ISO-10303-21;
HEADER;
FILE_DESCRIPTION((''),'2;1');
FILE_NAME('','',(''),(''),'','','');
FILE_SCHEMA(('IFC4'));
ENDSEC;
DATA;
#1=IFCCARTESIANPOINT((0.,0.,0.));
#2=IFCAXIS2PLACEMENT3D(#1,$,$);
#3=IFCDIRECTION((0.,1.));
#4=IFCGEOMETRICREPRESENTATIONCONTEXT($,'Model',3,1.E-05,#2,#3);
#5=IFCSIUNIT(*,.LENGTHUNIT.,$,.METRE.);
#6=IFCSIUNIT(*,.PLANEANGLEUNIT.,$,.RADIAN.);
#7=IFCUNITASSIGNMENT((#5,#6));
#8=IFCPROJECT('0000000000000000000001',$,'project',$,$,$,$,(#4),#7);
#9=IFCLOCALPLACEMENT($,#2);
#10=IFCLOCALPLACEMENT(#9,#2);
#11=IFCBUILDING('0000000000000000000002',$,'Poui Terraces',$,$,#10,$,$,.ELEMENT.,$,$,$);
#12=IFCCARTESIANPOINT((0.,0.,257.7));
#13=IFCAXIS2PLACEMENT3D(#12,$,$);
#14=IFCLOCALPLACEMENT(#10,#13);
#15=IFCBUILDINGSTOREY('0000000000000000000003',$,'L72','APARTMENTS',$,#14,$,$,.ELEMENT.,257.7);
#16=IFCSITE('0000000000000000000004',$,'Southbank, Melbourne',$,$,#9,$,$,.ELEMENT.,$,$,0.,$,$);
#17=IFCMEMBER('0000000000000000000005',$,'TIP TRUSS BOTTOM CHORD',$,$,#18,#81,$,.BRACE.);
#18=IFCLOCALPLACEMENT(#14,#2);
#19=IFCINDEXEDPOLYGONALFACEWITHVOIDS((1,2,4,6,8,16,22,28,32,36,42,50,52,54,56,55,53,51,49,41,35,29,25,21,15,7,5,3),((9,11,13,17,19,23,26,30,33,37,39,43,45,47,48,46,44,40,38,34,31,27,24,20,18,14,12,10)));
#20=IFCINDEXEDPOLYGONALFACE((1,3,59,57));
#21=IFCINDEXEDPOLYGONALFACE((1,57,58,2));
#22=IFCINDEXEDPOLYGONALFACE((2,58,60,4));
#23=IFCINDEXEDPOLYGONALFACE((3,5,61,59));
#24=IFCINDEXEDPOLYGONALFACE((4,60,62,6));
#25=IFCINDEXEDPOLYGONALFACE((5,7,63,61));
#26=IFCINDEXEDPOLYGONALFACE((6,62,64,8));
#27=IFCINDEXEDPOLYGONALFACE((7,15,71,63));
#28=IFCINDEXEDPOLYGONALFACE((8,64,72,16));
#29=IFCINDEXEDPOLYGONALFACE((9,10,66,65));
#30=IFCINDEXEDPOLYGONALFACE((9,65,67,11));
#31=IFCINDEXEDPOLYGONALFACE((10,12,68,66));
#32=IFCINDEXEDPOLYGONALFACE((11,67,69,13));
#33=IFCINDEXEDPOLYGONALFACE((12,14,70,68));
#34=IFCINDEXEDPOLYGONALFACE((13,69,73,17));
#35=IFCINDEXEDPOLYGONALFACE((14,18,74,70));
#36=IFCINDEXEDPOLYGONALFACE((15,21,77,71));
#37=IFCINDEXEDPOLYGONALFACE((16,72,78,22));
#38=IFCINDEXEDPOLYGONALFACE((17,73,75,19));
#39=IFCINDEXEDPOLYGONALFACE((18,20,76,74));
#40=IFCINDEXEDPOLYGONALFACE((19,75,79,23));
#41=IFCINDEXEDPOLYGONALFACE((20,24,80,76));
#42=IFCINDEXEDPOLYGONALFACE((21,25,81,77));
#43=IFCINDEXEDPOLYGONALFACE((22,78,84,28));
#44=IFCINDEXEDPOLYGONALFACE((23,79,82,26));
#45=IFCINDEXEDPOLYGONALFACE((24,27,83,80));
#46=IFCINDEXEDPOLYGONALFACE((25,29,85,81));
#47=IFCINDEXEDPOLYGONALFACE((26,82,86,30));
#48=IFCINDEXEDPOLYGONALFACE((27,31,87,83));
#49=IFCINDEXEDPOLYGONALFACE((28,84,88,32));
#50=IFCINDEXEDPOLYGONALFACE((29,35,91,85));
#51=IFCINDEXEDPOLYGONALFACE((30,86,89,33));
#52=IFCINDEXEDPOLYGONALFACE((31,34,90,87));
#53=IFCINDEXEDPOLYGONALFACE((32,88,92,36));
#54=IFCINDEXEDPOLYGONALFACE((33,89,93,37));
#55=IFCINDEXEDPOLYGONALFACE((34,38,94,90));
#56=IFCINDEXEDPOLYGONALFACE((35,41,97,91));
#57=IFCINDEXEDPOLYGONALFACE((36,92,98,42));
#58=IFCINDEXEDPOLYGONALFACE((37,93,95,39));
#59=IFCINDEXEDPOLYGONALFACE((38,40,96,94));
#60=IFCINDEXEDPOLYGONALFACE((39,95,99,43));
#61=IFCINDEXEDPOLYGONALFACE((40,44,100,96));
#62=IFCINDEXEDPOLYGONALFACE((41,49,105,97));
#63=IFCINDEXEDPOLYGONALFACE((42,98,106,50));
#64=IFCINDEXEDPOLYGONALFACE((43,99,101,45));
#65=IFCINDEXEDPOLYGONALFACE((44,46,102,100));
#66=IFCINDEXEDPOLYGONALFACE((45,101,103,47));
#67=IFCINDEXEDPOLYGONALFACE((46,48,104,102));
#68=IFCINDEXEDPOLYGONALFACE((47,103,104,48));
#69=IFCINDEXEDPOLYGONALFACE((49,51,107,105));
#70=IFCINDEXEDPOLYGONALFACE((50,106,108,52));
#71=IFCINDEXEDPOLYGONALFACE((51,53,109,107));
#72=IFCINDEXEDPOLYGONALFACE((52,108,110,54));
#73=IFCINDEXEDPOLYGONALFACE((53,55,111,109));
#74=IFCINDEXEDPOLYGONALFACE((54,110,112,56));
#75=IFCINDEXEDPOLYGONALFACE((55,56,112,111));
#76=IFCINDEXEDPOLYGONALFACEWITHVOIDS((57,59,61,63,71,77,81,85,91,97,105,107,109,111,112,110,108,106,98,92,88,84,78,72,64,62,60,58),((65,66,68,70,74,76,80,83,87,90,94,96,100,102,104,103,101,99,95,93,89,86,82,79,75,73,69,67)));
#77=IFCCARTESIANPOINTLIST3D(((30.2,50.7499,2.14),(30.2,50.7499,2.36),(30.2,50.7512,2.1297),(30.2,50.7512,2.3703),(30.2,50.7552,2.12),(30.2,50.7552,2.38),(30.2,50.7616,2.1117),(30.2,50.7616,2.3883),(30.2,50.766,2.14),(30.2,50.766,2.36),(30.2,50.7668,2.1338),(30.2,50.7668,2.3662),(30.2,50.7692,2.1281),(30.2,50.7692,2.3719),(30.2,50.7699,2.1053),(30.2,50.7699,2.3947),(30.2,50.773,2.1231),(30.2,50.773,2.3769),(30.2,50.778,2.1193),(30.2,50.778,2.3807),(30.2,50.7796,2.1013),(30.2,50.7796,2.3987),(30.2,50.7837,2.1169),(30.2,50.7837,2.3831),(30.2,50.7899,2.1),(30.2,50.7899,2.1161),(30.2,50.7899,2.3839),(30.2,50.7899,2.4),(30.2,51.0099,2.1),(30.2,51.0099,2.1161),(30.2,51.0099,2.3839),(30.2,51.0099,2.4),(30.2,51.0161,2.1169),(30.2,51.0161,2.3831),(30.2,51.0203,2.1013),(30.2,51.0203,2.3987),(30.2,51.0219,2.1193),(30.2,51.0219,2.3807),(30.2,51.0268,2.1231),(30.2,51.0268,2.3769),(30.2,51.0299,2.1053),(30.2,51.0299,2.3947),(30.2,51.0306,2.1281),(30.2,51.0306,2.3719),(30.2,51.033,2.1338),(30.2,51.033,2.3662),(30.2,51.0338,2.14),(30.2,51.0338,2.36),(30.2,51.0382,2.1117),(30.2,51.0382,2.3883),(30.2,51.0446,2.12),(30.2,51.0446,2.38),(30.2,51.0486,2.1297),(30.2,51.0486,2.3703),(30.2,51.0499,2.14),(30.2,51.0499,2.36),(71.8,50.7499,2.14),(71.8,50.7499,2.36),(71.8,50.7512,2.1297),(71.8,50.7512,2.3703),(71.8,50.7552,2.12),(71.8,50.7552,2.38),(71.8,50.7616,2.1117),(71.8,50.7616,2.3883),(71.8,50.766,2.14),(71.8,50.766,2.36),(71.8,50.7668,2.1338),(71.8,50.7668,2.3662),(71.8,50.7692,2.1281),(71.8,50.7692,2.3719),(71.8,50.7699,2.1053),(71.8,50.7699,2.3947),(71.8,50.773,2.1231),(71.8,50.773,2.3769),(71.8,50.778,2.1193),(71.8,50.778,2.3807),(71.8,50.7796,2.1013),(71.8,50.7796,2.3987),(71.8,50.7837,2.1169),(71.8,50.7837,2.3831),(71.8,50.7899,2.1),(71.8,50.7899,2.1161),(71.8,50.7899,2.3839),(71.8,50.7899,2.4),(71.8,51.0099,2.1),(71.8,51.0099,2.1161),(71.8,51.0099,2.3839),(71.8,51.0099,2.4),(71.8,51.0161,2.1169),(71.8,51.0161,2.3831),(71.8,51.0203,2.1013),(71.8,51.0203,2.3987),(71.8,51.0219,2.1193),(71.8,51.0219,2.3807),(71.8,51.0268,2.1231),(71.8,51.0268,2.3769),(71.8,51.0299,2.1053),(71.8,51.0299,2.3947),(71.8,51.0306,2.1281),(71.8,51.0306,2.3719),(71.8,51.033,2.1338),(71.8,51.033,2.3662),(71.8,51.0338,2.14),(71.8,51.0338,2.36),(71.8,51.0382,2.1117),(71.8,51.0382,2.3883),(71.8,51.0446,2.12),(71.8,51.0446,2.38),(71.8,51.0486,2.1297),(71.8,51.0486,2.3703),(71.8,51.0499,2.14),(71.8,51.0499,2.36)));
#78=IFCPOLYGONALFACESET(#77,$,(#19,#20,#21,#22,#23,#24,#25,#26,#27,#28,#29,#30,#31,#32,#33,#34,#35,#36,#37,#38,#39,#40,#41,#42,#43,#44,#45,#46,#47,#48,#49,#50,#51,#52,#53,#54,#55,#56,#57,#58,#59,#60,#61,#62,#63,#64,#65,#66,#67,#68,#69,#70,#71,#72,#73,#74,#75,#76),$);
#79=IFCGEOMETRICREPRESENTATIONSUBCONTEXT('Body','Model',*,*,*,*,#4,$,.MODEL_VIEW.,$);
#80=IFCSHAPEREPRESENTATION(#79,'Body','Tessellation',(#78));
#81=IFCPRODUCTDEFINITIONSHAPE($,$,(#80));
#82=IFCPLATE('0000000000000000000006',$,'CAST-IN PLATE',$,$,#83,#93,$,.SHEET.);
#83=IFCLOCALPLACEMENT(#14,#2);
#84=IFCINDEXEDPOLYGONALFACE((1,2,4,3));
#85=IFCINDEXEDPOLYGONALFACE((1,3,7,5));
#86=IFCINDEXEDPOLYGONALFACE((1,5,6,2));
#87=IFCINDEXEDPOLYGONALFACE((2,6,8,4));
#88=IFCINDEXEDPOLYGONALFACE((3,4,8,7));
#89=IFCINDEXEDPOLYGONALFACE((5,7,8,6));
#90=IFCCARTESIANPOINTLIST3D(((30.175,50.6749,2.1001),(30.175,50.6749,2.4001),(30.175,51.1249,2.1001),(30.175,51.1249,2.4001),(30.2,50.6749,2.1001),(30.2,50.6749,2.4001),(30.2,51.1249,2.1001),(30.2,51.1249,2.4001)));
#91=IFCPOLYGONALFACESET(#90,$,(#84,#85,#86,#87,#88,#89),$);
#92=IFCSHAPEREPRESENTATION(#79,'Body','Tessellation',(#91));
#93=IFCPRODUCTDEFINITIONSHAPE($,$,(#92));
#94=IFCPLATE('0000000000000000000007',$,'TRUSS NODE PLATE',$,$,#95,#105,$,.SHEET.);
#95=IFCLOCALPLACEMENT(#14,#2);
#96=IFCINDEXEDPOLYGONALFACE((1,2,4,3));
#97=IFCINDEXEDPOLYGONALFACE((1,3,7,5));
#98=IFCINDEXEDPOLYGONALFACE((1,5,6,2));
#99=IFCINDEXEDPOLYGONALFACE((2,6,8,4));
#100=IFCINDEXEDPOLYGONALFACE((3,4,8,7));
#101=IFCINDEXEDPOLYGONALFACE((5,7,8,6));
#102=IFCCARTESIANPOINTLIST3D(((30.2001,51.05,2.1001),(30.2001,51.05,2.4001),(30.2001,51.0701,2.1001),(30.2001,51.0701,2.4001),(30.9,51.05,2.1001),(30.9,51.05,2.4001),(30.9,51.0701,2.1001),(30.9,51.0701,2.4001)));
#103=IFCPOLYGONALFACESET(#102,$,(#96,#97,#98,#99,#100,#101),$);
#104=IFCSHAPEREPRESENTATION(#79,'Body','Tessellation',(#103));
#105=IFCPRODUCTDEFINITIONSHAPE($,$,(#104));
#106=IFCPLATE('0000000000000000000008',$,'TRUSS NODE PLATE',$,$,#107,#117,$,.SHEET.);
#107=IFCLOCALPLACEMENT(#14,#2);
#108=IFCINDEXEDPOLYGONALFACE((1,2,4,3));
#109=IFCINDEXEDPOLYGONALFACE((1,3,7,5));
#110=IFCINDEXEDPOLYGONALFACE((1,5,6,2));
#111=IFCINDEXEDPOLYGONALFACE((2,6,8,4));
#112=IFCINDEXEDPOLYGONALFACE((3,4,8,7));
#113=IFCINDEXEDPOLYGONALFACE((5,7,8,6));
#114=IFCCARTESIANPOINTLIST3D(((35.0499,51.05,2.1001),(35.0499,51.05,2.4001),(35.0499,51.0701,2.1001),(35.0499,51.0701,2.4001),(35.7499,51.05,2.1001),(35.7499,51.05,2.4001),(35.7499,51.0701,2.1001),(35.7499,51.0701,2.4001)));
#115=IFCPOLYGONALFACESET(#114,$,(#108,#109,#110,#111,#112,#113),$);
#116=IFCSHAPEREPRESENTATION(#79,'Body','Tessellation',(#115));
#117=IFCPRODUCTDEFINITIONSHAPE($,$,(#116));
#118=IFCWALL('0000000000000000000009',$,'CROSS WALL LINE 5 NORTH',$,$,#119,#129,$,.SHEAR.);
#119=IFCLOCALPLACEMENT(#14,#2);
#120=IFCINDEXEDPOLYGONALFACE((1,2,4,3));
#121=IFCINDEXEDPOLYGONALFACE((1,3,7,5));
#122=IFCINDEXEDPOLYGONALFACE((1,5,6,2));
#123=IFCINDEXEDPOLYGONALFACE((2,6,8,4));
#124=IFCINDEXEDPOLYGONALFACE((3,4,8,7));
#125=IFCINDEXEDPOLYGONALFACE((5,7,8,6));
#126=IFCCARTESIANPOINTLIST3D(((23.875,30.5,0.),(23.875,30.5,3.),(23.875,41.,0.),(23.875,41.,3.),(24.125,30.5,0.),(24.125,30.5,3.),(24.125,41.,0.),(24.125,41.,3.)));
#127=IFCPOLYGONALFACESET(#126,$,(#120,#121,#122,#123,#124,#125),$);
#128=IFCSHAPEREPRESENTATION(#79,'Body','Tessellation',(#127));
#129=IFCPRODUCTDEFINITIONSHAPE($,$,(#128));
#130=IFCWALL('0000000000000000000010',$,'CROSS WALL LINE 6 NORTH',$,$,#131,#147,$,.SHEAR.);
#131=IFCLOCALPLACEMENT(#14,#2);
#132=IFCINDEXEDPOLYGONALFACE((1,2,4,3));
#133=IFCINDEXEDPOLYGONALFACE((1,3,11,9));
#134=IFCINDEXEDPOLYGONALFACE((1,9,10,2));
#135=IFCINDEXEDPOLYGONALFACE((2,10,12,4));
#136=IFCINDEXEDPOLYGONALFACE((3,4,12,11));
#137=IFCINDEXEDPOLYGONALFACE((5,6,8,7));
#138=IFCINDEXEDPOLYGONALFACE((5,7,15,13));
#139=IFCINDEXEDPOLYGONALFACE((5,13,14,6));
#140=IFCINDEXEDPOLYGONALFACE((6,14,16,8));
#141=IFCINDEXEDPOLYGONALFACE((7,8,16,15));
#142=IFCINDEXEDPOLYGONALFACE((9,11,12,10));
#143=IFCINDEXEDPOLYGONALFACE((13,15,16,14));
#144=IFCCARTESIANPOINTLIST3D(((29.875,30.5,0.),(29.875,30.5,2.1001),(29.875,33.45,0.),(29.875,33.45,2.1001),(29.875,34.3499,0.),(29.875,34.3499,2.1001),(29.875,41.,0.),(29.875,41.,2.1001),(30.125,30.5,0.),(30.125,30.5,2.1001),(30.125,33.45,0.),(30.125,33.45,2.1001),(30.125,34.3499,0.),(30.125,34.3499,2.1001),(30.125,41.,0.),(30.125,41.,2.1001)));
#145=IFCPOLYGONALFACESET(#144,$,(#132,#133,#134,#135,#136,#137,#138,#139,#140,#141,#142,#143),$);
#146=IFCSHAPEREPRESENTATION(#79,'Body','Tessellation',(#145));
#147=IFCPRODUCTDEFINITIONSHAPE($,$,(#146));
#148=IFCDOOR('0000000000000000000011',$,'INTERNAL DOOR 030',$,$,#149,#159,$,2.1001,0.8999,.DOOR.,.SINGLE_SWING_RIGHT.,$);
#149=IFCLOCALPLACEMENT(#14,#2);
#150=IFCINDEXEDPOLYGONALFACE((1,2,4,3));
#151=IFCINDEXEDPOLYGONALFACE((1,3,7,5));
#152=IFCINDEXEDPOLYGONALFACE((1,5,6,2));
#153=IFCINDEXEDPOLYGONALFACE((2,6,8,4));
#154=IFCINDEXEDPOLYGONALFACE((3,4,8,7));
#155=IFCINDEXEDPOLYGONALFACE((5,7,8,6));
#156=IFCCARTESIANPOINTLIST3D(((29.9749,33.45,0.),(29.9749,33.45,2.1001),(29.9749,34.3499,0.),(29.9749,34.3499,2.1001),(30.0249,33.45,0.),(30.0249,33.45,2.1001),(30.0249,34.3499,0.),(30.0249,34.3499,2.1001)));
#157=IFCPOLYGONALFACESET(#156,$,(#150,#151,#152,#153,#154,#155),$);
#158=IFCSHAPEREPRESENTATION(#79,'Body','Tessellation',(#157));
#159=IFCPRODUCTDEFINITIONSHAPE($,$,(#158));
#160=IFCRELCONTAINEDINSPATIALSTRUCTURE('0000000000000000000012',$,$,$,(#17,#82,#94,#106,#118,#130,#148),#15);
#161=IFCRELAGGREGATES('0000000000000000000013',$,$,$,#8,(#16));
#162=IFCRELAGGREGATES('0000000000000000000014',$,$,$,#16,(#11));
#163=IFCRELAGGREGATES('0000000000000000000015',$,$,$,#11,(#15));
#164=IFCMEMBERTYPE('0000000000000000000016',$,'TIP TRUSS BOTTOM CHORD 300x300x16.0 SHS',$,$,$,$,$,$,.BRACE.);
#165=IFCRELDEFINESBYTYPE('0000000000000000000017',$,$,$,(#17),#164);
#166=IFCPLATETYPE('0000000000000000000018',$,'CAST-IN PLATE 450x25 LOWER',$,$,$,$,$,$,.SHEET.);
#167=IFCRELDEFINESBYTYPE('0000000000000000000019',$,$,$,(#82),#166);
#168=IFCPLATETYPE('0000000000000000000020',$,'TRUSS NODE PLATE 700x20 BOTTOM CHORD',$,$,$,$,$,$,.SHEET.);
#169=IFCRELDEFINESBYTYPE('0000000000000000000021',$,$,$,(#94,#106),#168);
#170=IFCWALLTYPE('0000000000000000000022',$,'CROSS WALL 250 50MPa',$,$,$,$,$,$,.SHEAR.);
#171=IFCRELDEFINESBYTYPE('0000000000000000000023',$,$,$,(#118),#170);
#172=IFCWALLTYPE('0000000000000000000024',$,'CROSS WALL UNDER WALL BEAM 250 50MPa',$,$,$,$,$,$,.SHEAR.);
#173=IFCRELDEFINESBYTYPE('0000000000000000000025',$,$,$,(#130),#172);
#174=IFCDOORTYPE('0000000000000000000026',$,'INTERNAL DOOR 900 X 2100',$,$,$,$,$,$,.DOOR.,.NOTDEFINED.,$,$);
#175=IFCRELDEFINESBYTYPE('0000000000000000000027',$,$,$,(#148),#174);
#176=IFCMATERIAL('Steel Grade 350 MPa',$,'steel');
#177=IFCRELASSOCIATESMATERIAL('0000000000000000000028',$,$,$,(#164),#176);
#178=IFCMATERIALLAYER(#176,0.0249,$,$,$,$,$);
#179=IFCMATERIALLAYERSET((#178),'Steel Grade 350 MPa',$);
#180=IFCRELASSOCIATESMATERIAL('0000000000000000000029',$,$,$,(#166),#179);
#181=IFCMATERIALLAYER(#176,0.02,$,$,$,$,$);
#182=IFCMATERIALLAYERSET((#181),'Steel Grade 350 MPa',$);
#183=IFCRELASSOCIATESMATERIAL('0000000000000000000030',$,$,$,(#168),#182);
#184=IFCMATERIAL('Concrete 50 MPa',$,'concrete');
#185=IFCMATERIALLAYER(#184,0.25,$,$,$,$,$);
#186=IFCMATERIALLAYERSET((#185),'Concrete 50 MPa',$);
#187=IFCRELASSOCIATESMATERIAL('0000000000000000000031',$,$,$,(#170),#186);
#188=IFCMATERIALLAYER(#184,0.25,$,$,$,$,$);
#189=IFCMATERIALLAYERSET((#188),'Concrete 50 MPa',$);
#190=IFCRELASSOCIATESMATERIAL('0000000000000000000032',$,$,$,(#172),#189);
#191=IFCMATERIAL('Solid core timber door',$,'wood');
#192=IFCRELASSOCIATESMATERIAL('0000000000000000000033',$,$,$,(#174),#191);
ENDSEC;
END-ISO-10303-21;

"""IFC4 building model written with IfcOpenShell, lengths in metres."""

from ifc_helpers import new_model, si_unit, direction, frame, frame_2d, origin, origin_2d, place, context, subcontext, project, spatial, rectangle, hollow_rectangle, extrude, source, transform, mapped, material, layer, layer_set, material_profile, profile_set, type_object, element, fill, save


model = new_model("IFC4")

# Units and contexts
model_context = context("Model", 3, precision=1e-05, world=origin(), true_north=direction((0.0, 1.0)))
body_context = subcontext(model_context, "Body", "Model", "MODEL_VIEW")
ifc_project = project(units=[si_unit("LENGTHUNIT", "METRE"), si_unit("PLANEANGLEUNIT", "RADIAN")], contexts=[model_context])

# Site, building, storey
site_placement = place(None, origin())
site = spatial("IfcSite", under=ifc_project, at=site_placement, Name="Southbank, Melbourne", CompositionType="ELEMENT", RefElevation=0.0)
building_placement = place(site_placement, origin())
building = spatial("IfcBuilding", under=site, at=building_placement, Name="Poui Terraces", CompositionType="ELEMENT")
storey_placement = place(building_placement, frame((0.0, 0.0, 257.7)))
storey = spatial("IfcBuildingStorey", under=building, at=storey_placement, Name="L72", Description="APARTMENTS", CompositionType="ELEMENT", Elevation=257.7)

# Member
ifc_material_1 = material(Name="Steel Grade 350 MPa", Category="steel")
ifc_material_profile_1 = material_profile(ifc_material_1, hollow_rectangle(XDim=0.3, YDim=0.3, WallThickness=0.0161, InnerFilletRadius=0.0239, OuterFilletRadius=0.04, at=origin_2d()), Name="300x300x16.0 SHS")
ifc_profile_set_1 = profile_set([ifc_material_profile_1], Name="Steel Grade 350 MPa")
member_type = type_object("IfcMemberType", Name="TIP TRUSS BOTTOM CHORD 300x300x16.0 SHS", PredefinedType="BRACE", material=ifc_profile_set_1)
member_placement = place(storey_placement, frame((30.2, 50.8999, 2.25), z_axis=(1.0, 0.0, 0.0), x_axis=(0.0, 1.0, 0.0)))
element("IfcMember", 1, at=member_placement, inside=storey, type_object=member_type, Name="TIP TRUSS BOTTOM CHORD", PredefinedType="BRACE", context=body_context, shape_type="SweptSolid", body=[
    extrude(hollow_rectangle(XDim=0.3, YDim=0.3, WallThickness=0.0161, InnerFilletRadius=0.0239, OuterFilletRadius=0.04, at=origin_2d()), origin(), (0.0, 0.0, 1.0), 41.6001),
])

# Plates
ifc_layer_1 = layer(ifc_material_1, 0.0249)
ifc_layer_set_1 = layer_set([ifc_layer_1], Name="Steel Grade 350 MPa")
plate_type_1 = type_object("IfcPlateType", Name="CAST-IN PLATE 450x25 LOWER", PredefinedType="SHEET", material=ifc_layer_set_1)
shared_shape_1 = source(origin(), body_context, "Body", "SweptSolid", [
    extrude(rectangle(XDim=0.0249, YDim=0.45, at=origin_2d()), origin(), (0.0, 0.0, 1.0), 0.3),
])
plate_placement = place(storey_placement, frame((30.1875, 50.8999, 2.1001), z_axis=(0.0, 0.0, 1.0), x_axis=(1.0, 0.0, 0.0)))
element("IfcPlate", 2, at=plate_placement, inside=storey, type_object=plate_type_1, Name="CAST-IN PLATE", PredefinedType="SHEET", context=body_context, shape_type="MappedRepresentation", body=[
    mapped(shared_shape_1, transform((0.0, 0.0, 0.0))),
])
ifc_layer_2 = layer(ifc_material_1, 0.02)
ifc_layer_set_2 = layer_set([ifc_layer_2], Name="Steel Grade 350 MPa")
plate_type_2 = type_object("IfcPlateType", Name="TRUSS NODE PLATE 700x20 BOTTOM CHORD", PredefinedType="SHEET", material=ifc_layer_set_2)
shared_shape_2 = source(origin(), body_context, "Body", "SweptSolid", [
    extrude(rectangle(XDim=0.7, YDim=0.02, at=origin_2d()), origin(), (0.0, 0.0, 1.0), 0.3),
])
for number, where, z_axis, x_axis, name in (
    (3, (30.55, 51.0601, 2.1001), (0.0, 0.0, 1.0), (1.0, 0.0, 0.0), "TRUSS NODE PLATE"),
    (4, (35.3999, 51.0601, 2.1001), (0.0, 0.0, 1.0), (1.0, 0.0, 0.0), "TRUSS NODE PLATE"),
):
    element("IfcPlate", number, at=place(storey_placement, frame(where, z_axis=z_axis, x_axis=x_axis)), inside=storey, type_object=plate_type_2, Name=name, PredefinedType="SHEET", context=body_context, shape_type="MappedRepresentation", body=[
        mapped(shared_shape_2, transform((0.0, 0.0, 0.0))),
    ])

# Wall
ifc_material_2 = material(Name="Concrete 50 MPa", Category="concrete")
ifc_layer_3 = layer(ifc_material_2, 0.25)
ifc_layer_set_3 = layer_set([ifc_layer_3], Name="Concrete 50 MPa")
wall_type_1 = type_object("IfcWallType", Name="CROSS WALL 250 50MPa", PredefinedType="SHEAR", material=ifc_layer_set_3)
wall_1_placement = place(storey_placement, frame((24.0, 30.5, 0.0), z_axis=(0.0, 0.0, 1.0), x_axis=(0.0, 1.0, 0.0)))
element("IfcWall", 5, at=wall_1_placement, inside=storey, type_object=wall_type_1, Name="CROSS WALL LINE 5 NORTH", PredefinedType="SHEAR", context=body_context, shape_type="SweptSolid", body=[
    extrude(rectangle(XDim=10.5, YDim=0.25, at=frame_2d((5.25, 0.0))), origin(), (0.0, 0.0, 1.0), 3.0),
])

# Wall, opening, door
ifc_layer_4 = layer(ifc_material_2, 0.25)
ifc_layer_set_4 = layer_set([ifc_layer_4], Name="Concrete 50 MPa")
wall_type_2 = type_object("IfcWallType", Name="CROSS WALL UNDER WALL BEAM 250 50MPa", PredefinedType="SHEAR", material=ifc_layer_set_4)
wall_2_placement = place(storey_placement, frame((30.0, 30.5, 0.0), z_axis=(0.0, 0.0, 1.0), x_axis=(0.0, 1.0, 0.0)))
wall_2 = element("IfcWall", 6, at=wall_2_placement, inside=storey, type_object=wall_type_2, Name="CROSS WALL LINE 6 NORTH", PredefinedType="SHEAR", context=body_context, shape_type="SweptSolid", body=[
    extrude(rectangle(XDim=10.5, YDim=0.25, at=frame_2d((5.25, 0.0))), origin(), (0.0, 0.0, 1.0), 2.1001),
])
opening_1_placement = place(wall_2_placement, frame((2.95, 0.0, 0.0)))
opening_1 = element("IfcOpeningElement", 7, at=opening_1_placement, cuts=wall_2, PredefinedType="OPENING", context=body_context, shape_type="SweptSolid", body=[
    extrude(rectangle(XDim=0.8999, YDim=2.1001, at=frame_2d((0.45, 1.05))), frame((0.0, 0.135, 0.0), z_axis=(0.0, -1.0, 0.0), x_axis=(1.0, 0.0, 0.0)), (0.0, 0.0, 1.0), 0.27),
])
ifc_material_3 = material(Name="Solid core timber door", Category="wood")
door_type_1 = type_object("IfcDoorType", Name="INTERNAL DOOR 900 X 2100", OperationType="NOTDEFINED", PredefinedType="DOOR", material=ifc_material_3)
door_1_placement = place(opening_1_placement, frame((0.8999, 0.0, 0.0), z_axis=(0.0, 0.0, 1.0), x_axis=(-1.0, 0.0, 0.0)))
door_1 = element("IfcDoor", 8, at=door_1_placement, inside=storey, type_object=door_type_1, Name="INTERNAL DOOR 030", OperationType="SINGLE_SWING_RIGHT", OverallHeight=2.1001, OverallWidth=0.8999, PredefinedType="DOOR", context=body_context, shape_type="SweptSolid", body=[
    extrude(rectangle(XDim=0.8999, YDim=2.1001, at=frame_2d((0.45, 1.05))), frame((0.0, 0.0249, 0.0), z_axis=(0.0, -1.0, 0.0), x_axis=(1.0, 0.0, 0.0)), (0.0, 0.0, 1.0), 0.05),
])
fill(opening_1, door_1)

save(model, "model.ifc")
